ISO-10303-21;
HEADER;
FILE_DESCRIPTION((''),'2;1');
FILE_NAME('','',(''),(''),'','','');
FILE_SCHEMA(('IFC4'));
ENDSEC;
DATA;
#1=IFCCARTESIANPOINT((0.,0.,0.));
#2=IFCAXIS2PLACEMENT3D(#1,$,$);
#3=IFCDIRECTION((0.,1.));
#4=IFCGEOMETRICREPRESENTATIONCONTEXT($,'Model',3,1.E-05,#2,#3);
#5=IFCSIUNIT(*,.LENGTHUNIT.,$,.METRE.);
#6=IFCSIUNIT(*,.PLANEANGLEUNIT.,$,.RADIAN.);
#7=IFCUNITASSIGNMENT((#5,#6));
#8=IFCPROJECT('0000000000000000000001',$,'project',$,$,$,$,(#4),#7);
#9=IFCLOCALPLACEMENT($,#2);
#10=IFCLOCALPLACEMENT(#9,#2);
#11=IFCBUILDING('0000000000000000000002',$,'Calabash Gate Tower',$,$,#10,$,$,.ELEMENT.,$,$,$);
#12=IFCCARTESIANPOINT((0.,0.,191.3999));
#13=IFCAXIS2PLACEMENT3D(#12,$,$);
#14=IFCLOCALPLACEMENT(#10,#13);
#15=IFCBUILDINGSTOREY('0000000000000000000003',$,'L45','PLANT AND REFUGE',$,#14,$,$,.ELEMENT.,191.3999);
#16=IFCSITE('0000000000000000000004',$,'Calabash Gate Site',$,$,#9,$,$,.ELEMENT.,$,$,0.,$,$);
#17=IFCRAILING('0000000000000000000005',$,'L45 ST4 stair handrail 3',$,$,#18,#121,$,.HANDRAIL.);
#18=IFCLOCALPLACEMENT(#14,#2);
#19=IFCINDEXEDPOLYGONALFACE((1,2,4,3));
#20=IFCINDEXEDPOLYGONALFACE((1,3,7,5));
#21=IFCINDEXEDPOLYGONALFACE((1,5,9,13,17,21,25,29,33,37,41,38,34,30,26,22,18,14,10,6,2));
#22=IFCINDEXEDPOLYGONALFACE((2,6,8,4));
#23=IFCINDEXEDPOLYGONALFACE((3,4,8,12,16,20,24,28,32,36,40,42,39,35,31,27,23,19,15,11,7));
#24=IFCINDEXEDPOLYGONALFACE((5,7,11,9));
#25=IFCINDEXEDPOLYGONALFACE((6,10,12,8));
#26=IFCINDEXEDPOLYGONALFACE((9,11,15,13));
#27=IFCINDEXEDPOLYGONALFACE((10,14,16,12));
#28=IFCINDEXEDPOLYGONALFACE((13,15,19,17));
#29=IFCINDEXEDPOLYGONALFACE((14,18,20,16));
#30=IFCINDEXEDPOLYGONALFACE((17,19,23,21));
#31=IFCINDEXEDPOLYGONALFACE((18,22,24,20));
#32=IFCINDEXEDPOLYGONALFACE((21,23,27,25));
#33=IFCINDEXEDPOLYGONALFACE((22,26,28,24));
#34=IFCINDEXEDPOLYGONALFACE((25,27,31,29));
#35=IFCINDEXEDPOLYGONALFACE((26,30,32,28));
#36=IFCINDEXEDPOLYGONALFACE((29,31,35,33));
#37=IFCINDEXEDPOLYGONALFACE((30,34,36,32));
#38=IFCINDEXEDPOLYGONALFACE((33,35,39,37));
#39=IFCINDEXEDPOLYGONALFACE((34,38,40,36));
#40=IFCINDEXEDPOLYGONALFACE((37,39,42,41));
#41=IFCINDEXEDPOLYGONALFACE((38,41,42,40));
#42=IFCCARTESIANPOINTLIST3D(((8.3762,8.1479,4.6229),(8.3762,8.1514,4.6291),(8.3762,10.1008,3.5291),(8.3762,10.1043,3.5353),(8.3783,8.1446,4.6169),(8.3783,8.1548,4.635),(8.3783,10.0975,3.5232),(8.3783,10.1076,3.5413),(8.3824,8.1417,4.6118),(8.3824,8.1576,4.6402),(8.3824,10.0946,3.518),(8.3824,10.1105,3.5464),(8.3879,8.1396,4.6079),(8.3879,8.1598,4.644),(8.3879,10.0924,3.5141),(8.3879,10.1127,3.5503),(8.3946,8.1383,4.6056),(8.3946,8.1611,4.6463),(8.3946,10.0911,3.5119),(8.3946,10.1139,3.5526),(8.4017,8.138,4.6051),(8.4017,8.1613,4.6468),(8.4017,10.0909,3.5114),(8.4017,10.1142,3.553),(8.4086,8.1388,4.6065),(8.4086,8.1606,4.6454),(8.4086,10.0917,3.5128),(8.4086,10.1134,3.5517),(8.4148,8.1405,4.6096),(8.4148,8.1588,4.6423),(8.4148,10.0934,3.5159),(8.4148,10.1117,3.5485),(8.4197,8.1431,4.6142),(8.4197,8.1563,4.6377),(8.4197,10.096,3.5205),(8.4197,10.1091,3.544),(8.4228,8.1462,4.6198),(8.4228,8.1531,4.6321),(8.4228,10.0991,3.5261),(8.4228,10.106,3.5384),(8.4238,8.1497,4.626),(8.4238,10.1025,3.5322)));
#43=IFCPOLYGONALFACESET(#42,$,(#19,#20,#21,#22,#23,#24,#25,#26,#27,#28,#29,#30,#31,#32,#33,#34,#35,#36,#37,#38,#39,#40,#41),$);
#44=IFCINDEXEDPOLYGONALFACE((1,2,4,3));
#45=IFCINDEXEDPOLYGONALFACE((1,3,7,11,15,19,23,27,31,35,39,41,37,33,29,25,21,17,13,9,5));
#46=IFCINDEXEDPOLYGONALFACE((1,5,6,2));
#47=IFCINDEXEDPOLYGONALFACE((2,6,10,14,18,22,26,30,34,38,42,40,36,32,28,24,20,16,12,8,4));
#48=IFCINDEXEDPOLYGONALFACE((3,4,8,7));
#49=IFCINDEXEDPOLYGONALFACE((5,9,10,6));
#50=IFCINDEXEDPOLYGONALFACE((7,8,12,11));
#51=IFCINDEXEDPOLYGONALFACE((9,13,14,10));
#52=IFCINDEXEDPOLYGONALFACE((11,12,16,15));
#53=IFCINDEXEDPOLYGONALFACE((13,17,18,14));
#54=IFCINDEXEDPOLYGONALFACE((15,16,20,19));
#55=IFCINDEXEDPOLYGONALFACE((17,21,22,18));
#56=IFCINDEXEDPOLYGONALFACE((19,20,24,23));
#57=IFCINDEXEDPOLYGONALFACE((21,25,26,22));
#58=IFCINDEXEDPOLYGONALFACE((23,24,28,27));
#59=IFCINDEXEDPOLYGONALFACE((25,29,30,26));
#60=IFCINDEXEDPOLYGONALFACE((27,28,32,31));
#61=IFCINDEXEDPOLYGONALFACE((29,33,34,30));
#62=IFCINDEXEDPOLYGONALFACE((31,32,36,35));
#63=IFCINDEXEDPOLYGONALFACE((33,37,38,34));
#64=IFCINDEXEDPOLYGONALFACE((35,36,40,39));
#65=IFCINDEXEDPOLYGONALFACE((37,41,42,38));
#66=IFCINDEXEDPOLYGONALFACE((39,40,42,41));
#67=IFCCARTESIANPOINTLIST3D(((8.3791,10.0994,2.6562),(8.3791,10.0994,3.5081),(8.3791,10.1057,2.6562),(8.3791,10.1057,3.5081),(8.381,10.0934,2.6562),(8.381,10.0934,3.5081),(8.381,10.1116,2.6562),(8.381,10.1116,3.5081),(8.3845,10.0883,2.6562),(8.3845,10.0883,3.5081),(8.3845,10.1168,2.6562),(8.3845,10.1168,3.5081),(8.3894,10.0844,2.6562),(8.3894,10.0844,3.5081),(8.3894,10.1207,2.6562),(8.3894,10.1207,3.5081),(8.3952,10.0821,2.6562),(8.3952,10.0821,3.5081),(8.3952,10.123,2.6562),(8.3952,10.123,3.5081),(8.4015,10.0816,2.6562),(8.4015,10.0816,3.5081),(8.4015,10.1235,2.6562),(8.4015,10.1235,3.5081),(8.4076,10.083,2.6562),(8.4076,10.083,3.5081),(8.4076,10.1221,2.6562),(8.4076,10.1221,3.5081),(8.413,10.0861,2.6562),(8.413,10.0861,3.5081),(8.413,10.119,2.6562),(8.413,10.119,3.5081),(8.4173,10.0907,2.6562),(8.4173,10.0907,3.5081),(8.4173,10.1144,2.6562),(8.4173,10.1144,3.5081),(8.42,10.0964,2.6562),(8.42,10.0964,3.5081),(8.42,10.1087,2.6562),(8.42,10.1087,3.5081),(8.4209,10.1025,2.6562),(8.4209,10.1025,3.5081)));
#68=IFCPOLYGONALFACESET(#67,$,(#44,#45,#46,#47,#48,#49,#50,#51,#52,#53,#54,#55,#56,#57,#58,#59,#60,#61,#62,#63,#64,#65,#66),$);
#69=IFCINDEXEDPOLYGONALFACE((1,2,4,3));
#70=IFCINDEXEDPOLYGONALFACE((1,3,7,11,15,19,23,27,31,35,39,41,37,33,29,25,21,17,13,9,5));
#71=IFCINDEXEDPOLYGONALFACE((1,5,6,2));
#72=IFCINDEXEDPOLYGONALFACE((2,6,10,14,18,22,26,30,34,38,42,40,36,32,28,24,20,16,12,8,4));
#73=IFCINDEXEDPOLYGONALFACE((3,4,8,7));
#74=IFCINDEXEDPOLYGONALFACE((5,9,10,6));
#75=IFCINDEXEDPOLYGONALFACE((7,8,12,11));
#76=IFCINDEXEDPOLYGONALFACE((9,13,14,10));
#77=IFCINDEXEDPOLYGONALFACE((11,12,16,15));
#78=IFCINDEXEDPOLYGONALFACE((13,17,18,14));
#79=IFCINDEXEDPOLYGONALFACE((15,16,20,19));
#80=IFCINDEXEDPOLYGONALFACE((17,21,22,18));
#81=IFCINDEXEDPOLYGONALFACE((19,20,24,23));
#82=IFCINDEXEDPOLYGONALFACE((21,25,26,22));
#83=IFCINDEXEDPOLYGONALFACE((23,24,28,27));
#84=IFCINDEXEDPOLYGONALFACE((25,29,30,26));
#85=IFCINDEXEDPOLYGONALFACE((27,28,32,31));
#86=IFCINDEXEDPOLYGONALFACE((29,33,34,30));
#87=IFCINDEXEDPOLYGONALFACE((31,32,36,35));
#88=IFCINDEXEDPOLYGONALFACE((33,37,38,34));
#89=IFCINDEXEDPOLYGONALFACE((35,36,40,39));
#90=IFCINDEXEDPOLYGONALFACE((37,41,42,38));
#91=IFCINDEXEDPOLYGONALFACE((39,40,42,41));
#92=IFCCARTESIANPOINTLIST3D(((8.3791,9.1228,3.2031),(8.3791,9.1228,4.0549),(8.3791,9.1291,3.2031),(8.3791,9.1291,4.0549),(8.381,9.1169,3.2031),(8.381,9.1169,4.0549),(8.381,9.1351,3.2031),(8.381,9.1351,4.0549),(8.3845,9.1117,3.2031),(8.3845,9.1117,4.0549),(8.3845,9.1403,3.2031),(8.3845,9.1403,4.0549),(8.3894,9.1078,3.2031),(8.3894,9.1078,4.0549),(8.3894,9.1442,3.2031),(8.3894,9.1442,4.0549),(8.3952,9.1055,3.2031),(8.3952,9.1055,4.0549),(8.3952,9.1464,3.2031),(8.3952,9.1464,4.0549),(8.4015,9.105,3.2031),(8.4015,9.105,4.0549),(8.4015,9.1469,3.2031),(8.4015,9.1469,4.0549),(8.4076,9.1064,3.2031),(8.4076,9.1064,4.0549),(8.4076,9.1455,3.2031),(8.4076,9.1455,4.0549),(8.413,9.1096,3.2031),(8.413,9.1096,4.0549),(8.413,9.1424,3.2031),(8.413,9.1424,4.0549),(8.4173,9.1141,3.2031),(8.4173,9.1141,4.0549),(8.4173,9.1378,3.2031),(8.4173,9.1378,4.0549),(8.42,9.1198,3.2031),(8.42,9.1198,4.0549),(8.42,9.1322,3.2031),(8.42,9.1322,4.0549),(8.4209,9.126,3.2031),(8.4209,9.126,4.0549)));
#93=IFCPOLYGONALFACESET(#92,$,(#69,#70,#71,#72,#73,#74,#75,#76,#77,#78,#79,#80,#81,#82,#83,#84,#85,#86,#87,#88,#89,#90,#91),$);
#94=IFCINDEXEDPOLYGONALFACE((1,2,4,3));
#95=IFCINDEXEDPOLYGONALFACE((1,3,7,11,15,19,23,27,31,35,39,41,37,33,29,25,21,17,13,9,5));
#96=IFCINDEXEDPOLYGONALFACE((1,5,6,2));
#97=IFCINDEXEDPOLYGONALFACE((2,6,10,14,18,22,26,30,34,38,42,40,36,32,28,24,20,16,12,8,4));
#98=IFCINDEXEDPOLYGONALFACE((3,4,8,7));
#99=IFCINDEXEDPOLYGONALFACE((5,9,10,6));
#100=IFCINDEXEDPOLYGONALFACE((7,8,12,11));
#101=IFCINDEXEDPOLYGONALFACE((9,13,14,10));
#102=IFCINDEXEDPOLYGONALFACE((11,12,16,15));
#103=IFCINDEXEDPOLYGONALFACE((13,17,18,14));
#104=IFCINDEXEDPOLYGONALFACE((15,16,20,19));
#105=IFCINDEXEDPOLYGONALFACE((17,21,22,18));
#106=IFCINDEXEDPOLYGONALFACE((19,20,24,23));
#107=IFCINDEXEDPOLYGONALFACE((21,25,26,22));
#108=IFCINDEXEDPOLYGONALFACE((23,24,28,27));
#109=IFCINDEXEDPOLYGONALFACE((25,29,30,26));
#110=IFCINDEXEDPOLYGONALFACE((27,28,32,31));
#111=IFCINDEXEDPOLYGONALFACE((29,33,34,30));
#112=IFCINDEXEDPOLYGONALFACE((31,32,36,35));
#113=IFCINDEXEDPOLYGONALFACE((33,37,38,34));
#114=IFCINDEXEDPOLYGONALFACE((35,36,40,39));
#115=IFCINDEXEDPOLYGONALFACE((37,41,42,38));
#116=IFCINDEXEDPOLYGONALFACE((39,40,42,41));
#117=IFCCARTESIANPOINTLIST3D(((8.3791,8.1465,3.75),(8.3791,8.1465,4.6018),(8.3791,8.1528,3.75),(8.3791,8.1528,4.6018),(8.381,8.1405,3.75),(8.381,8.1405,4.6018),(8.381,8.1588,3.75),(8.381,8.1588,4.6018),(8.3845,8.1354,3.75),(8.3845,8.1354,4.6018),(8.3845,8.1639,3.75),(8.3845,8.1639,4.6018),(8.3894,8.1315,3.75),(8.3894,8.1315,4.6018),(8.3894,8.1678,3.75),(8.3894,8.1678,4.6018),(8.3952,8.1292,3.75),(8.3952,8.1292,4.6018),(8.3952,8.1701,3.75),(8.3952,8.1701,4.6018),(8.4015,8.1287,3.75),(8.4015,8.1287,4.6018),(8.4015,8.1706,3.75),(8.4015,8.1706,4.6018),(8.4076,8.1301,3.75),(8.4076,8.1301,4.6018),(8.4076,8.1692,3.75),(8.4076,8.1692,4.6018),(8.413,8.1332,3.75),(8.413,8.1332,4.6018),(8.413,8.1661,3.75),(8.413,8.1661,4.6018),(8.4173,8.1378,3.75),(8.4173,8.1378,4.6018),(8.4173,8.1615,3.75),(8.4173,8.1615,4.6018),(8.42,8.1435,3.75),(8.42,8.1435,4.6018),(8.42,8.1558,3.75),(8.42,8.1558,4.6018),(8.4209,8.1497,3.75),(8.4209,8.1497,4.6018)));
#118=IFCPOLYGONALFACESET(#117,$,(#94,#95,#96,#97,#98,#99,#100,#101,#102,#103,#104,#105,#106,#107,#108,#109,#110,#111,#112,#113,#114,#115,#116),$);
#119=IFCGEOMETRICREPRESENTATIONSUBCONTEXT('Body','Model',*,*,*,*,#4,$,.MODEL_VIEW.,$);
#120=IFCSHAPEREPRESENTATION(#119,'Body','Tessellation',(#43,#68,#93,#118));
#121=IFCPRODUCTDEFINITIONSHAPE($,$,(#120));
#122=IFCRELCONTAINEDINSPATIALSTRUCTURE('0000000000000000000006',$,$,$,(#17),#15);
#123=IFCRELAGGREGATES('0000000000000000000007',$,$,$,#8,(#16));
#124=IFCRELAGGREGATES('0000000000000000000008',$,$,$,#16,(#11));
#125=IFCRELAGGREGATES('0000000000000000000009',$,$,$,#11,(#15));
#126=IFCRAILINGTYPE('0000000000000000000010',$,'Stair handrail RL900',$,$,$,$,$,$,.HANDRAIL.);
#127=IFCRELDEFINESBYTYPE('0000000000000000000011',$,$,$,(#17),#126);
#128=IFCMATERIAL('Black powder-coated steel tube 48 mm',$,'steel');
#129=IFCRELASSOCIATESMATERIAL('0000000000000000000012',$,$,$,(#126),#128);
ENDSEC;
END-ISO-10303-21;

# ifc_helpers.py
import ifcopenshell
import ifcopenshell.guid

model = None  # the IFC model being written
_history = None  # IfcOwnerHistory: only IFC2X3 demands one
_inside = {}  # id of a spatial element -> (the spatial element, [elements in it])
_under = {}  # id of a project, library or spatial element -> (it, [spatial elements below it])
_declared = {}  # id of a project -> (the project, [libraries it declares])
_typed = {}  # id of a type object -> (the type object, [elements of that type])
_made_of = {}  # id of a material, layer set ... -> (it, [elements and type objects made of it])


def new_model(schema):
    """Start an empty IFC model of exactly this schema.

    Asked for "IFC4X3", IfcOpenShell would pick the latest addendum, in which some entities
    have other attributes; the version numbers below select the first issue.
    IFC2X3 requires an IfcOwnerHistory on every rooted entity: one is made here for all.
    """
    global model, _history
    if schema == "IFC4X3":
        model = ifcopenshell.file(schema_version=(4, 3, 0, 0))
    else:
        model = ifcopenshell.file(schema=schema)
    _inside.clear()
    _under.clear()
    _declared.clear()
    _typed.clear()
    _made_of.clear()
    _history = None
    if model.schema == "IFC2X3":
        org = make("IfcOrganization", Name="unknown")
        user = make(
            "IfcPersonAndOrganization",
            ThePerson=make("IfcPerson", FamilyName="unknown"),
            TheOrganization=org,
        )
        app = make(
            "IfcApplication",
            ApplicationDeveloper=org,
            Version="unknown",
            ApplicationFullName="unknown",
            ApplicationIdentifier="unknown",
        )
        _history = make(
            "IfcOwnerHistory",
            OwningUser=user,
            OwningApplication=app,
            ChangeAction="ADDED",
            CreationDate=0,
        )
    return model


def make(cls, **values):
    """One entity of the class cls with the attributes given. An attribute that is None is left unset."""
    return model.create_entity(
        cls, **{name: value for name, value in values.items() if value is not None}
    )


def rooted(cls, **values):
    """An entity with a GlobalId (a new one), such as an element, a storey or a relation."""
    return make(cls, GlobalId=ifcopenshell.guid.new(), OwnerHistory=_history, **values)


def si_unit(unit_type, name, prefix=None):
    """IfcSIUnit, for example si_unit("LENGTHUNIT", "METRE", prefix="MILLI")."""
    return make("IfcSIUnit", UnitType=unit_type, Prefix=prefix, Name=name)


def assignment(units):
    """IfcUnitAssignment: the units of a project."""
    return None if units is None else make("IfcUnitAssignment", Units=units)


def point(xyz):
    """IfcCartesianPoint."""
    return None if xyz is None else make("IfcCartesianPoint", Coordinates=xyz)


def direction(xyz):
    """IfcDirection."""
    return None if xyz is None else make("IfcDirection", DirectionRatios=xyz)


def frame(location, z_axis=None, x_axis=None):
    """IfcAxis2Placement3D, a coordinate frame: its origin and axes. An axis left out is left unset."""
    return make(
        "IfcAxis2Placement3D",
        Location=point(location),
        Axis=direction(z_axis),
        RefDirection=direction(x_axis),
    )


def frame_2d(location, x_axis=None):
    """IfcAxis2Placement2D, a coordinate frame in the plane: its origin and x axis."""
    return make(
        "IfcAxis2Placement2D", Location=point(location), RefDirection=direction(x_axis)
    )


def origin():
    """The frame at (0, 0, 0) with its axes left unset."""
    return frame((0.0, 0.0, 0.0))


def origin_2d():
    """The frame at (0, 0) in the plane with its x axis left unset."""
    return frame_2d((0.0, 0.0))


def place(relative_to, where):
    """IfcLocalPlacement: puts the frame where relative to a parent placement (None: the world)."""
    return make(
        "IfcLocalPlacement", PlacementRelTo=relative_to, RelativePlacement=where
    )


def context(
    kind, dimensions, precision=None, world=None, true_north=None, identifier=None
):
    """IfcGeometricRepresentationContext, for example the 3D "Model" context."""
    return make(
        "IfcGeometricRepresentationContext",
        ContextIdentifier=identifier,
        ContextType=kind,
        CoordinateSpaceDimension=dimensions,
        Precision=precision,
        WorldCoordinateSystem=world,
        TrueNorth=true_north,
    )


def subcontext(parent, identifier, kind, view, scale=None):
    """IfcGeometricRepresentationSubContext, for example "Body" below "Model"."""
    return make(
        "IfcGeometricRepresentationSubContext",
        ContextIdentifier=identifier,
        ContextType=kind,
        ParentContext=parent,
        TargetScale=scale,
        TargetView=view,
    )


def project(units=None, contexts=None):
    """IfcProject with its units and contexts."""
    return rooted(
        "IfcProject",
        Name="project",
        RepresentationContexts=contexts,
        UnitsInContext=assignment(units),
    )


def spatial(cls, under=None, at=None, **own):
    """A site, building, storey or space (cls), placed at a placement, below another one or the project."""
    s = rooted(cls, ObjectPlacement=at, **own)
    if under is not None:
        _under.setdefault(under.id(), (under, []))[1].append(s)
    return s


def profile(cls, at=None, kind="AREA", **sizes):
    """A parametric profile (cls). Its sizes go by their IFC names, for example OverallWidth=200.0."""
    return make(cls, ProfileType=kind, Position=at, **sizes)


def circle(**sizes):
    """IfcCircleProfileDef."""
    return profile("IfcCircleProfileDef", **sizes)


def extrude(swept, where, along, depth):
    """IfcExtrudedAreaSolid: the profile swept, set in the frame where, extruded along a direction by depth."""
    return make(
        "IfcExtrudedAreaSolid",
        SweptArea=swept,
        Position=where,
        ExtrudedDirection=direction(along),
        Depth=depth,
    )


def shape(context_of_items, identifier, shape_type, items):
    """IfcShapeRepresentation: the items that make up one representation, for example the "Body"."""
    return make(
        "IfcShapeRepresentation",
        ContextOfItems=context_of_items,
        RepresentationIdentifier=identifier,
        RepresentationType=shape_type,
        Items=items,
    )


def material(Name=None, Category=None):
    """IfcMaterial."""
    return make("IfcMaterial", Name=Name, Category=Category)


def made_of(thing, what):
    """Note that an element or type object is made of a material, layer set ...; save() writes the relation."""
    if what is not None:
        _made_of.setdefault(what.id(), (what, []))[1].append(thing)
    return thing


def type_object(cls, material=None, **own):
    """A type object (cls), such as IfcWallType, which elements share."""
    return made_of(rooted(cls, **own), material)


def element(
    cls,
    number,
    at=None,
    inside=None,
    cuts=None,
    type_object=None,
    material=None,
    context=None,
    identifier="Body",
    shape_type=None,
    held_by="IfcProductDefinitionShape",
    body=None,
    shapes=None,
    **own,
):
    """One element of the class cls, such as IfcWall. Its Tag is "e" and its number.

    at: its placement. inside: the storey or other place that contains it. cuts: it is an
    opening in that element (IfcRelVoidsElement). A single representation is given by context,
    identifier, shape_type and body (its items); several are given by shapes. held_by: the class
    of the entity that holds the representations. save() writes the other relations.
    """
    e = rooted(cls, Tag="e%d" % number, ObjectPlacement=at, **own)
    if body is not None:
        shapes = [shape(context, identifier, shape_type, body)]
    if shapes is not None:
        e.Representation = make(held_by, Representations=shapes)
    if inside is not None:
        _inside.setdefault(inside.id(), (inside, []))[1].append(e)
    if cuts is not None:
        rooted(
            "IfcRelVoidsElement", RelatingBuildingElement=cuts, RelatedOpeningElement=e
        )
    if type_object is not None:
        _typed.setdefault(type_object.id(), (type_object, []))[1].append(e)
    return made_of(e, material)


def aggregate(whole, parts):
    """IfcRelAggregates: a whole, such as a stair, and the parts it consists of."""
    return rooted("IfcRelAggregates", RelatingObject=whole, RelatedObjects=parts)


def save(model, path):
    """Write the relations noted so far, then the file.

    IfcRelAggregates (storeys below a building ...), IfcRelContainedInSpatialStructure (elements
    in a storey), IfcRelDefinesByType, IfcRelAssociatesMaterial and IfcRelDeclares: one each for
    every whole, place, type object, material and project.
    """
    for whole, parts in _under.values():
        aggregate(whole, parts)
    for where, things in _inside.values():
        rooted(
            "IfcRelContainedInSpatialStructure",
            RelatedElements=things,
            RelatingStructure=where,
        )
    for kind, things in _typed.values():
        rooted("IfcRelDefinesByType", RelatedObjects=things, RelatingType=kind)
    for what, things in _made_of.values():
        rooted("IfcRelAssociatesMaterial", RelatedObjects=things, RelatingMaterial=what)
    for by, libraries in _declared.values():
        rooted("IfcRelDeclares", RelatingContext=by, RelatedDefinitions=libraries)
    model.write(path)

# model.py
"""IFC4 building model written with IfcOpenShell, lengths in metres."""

from ifc_helpers import new_model, si_unit, direction, frame, origin, origin_2d, place, context, subcontext, project, spatial, circle, extrude, material, type_object, element, save


model = new_model("IFC4")

# Units and contexts
model_context = context("Model", 3, precision=1e-05, world=origin(), true_north=direction((0.0, 1.0)))
body_context = subcontext(model_context, "Body", "Model", "MODEL_VIEW")
ifc_project = project(units=[si_unit("LENGTHUNIT", "METRE"), si_unit("PLANEANGLEUNIT", "RADIAN")], contexts=[model_context])

# Site, building, storey
site_placement = place(None, origin())
site = spatial("IfcSite", under=ifc_project, at=site_placement, Name="Calabash Gate Site", CompositionType="ELEMENT", RefElevation=0.0)
building_placement = place(site_placement, origin())
building = spatial("IfcBuilding", under=site, at=building_placement, Name="Calabash Gate Tower", CompositionType="ELEMENT")
storey_placement = place(building_placement, frame((0.0, 0.0, 191.3999)))
storey = spatial("IfcBuildingStorey", under=building, at=storey_placement, Name="L45", Description="PLANT AND REFUGE", CompositionType="ELEMENT", Elevation=191.3999)

# Railing
ifc_material_1 = material(Name="Black powder-coated steel tube 48 mm", Category="steel")
railing_type_1 = type_object("IfcRailingType", Name="Stair handrail RL900", PredefinedType="HANDRAIL", material=ifc_material_1)
for number, where, name in (
    (1, (8.3999, 10.1025, 2.6562), "L45 ST4 stair handrail 3"),
):
    element("IfcRailing", number, at=place(storey_placement, frame(where)), inside=storey, type_object=railing_type_1, Name=name, PredefinedType="HANDRAIL", context=body_context, shape_type="SweptSolid", body=[
        extrude(circle(Radius=0.0239, at=origin_2d()), frame((0.0, 0.0, 0.876), z_axis=(0.0, -0.87248, 0.48865), x_axis=(1.0, 0.0, 0.0)), (0.0, 0.0, 1.0), 2.2383),
        extrude(circle(Radius=0.021, at=origin_2d()), origin(), (0.0, 0.0, 1.0), 0.8518),
        extrude(circle(Radius=0.021, at=origin_2d()), frame((0.0, -0.9766, 0.5469)), (0.0, 0.0, 1.0), 0.8518),
        extrude(circle(Radius=0.021, at=origin_2d()), frame((0.0, -1.9529, 1.0938)), (0.0, 0.0, 1.0), 0.8518),
    ])

save(model, "model.ifc")
